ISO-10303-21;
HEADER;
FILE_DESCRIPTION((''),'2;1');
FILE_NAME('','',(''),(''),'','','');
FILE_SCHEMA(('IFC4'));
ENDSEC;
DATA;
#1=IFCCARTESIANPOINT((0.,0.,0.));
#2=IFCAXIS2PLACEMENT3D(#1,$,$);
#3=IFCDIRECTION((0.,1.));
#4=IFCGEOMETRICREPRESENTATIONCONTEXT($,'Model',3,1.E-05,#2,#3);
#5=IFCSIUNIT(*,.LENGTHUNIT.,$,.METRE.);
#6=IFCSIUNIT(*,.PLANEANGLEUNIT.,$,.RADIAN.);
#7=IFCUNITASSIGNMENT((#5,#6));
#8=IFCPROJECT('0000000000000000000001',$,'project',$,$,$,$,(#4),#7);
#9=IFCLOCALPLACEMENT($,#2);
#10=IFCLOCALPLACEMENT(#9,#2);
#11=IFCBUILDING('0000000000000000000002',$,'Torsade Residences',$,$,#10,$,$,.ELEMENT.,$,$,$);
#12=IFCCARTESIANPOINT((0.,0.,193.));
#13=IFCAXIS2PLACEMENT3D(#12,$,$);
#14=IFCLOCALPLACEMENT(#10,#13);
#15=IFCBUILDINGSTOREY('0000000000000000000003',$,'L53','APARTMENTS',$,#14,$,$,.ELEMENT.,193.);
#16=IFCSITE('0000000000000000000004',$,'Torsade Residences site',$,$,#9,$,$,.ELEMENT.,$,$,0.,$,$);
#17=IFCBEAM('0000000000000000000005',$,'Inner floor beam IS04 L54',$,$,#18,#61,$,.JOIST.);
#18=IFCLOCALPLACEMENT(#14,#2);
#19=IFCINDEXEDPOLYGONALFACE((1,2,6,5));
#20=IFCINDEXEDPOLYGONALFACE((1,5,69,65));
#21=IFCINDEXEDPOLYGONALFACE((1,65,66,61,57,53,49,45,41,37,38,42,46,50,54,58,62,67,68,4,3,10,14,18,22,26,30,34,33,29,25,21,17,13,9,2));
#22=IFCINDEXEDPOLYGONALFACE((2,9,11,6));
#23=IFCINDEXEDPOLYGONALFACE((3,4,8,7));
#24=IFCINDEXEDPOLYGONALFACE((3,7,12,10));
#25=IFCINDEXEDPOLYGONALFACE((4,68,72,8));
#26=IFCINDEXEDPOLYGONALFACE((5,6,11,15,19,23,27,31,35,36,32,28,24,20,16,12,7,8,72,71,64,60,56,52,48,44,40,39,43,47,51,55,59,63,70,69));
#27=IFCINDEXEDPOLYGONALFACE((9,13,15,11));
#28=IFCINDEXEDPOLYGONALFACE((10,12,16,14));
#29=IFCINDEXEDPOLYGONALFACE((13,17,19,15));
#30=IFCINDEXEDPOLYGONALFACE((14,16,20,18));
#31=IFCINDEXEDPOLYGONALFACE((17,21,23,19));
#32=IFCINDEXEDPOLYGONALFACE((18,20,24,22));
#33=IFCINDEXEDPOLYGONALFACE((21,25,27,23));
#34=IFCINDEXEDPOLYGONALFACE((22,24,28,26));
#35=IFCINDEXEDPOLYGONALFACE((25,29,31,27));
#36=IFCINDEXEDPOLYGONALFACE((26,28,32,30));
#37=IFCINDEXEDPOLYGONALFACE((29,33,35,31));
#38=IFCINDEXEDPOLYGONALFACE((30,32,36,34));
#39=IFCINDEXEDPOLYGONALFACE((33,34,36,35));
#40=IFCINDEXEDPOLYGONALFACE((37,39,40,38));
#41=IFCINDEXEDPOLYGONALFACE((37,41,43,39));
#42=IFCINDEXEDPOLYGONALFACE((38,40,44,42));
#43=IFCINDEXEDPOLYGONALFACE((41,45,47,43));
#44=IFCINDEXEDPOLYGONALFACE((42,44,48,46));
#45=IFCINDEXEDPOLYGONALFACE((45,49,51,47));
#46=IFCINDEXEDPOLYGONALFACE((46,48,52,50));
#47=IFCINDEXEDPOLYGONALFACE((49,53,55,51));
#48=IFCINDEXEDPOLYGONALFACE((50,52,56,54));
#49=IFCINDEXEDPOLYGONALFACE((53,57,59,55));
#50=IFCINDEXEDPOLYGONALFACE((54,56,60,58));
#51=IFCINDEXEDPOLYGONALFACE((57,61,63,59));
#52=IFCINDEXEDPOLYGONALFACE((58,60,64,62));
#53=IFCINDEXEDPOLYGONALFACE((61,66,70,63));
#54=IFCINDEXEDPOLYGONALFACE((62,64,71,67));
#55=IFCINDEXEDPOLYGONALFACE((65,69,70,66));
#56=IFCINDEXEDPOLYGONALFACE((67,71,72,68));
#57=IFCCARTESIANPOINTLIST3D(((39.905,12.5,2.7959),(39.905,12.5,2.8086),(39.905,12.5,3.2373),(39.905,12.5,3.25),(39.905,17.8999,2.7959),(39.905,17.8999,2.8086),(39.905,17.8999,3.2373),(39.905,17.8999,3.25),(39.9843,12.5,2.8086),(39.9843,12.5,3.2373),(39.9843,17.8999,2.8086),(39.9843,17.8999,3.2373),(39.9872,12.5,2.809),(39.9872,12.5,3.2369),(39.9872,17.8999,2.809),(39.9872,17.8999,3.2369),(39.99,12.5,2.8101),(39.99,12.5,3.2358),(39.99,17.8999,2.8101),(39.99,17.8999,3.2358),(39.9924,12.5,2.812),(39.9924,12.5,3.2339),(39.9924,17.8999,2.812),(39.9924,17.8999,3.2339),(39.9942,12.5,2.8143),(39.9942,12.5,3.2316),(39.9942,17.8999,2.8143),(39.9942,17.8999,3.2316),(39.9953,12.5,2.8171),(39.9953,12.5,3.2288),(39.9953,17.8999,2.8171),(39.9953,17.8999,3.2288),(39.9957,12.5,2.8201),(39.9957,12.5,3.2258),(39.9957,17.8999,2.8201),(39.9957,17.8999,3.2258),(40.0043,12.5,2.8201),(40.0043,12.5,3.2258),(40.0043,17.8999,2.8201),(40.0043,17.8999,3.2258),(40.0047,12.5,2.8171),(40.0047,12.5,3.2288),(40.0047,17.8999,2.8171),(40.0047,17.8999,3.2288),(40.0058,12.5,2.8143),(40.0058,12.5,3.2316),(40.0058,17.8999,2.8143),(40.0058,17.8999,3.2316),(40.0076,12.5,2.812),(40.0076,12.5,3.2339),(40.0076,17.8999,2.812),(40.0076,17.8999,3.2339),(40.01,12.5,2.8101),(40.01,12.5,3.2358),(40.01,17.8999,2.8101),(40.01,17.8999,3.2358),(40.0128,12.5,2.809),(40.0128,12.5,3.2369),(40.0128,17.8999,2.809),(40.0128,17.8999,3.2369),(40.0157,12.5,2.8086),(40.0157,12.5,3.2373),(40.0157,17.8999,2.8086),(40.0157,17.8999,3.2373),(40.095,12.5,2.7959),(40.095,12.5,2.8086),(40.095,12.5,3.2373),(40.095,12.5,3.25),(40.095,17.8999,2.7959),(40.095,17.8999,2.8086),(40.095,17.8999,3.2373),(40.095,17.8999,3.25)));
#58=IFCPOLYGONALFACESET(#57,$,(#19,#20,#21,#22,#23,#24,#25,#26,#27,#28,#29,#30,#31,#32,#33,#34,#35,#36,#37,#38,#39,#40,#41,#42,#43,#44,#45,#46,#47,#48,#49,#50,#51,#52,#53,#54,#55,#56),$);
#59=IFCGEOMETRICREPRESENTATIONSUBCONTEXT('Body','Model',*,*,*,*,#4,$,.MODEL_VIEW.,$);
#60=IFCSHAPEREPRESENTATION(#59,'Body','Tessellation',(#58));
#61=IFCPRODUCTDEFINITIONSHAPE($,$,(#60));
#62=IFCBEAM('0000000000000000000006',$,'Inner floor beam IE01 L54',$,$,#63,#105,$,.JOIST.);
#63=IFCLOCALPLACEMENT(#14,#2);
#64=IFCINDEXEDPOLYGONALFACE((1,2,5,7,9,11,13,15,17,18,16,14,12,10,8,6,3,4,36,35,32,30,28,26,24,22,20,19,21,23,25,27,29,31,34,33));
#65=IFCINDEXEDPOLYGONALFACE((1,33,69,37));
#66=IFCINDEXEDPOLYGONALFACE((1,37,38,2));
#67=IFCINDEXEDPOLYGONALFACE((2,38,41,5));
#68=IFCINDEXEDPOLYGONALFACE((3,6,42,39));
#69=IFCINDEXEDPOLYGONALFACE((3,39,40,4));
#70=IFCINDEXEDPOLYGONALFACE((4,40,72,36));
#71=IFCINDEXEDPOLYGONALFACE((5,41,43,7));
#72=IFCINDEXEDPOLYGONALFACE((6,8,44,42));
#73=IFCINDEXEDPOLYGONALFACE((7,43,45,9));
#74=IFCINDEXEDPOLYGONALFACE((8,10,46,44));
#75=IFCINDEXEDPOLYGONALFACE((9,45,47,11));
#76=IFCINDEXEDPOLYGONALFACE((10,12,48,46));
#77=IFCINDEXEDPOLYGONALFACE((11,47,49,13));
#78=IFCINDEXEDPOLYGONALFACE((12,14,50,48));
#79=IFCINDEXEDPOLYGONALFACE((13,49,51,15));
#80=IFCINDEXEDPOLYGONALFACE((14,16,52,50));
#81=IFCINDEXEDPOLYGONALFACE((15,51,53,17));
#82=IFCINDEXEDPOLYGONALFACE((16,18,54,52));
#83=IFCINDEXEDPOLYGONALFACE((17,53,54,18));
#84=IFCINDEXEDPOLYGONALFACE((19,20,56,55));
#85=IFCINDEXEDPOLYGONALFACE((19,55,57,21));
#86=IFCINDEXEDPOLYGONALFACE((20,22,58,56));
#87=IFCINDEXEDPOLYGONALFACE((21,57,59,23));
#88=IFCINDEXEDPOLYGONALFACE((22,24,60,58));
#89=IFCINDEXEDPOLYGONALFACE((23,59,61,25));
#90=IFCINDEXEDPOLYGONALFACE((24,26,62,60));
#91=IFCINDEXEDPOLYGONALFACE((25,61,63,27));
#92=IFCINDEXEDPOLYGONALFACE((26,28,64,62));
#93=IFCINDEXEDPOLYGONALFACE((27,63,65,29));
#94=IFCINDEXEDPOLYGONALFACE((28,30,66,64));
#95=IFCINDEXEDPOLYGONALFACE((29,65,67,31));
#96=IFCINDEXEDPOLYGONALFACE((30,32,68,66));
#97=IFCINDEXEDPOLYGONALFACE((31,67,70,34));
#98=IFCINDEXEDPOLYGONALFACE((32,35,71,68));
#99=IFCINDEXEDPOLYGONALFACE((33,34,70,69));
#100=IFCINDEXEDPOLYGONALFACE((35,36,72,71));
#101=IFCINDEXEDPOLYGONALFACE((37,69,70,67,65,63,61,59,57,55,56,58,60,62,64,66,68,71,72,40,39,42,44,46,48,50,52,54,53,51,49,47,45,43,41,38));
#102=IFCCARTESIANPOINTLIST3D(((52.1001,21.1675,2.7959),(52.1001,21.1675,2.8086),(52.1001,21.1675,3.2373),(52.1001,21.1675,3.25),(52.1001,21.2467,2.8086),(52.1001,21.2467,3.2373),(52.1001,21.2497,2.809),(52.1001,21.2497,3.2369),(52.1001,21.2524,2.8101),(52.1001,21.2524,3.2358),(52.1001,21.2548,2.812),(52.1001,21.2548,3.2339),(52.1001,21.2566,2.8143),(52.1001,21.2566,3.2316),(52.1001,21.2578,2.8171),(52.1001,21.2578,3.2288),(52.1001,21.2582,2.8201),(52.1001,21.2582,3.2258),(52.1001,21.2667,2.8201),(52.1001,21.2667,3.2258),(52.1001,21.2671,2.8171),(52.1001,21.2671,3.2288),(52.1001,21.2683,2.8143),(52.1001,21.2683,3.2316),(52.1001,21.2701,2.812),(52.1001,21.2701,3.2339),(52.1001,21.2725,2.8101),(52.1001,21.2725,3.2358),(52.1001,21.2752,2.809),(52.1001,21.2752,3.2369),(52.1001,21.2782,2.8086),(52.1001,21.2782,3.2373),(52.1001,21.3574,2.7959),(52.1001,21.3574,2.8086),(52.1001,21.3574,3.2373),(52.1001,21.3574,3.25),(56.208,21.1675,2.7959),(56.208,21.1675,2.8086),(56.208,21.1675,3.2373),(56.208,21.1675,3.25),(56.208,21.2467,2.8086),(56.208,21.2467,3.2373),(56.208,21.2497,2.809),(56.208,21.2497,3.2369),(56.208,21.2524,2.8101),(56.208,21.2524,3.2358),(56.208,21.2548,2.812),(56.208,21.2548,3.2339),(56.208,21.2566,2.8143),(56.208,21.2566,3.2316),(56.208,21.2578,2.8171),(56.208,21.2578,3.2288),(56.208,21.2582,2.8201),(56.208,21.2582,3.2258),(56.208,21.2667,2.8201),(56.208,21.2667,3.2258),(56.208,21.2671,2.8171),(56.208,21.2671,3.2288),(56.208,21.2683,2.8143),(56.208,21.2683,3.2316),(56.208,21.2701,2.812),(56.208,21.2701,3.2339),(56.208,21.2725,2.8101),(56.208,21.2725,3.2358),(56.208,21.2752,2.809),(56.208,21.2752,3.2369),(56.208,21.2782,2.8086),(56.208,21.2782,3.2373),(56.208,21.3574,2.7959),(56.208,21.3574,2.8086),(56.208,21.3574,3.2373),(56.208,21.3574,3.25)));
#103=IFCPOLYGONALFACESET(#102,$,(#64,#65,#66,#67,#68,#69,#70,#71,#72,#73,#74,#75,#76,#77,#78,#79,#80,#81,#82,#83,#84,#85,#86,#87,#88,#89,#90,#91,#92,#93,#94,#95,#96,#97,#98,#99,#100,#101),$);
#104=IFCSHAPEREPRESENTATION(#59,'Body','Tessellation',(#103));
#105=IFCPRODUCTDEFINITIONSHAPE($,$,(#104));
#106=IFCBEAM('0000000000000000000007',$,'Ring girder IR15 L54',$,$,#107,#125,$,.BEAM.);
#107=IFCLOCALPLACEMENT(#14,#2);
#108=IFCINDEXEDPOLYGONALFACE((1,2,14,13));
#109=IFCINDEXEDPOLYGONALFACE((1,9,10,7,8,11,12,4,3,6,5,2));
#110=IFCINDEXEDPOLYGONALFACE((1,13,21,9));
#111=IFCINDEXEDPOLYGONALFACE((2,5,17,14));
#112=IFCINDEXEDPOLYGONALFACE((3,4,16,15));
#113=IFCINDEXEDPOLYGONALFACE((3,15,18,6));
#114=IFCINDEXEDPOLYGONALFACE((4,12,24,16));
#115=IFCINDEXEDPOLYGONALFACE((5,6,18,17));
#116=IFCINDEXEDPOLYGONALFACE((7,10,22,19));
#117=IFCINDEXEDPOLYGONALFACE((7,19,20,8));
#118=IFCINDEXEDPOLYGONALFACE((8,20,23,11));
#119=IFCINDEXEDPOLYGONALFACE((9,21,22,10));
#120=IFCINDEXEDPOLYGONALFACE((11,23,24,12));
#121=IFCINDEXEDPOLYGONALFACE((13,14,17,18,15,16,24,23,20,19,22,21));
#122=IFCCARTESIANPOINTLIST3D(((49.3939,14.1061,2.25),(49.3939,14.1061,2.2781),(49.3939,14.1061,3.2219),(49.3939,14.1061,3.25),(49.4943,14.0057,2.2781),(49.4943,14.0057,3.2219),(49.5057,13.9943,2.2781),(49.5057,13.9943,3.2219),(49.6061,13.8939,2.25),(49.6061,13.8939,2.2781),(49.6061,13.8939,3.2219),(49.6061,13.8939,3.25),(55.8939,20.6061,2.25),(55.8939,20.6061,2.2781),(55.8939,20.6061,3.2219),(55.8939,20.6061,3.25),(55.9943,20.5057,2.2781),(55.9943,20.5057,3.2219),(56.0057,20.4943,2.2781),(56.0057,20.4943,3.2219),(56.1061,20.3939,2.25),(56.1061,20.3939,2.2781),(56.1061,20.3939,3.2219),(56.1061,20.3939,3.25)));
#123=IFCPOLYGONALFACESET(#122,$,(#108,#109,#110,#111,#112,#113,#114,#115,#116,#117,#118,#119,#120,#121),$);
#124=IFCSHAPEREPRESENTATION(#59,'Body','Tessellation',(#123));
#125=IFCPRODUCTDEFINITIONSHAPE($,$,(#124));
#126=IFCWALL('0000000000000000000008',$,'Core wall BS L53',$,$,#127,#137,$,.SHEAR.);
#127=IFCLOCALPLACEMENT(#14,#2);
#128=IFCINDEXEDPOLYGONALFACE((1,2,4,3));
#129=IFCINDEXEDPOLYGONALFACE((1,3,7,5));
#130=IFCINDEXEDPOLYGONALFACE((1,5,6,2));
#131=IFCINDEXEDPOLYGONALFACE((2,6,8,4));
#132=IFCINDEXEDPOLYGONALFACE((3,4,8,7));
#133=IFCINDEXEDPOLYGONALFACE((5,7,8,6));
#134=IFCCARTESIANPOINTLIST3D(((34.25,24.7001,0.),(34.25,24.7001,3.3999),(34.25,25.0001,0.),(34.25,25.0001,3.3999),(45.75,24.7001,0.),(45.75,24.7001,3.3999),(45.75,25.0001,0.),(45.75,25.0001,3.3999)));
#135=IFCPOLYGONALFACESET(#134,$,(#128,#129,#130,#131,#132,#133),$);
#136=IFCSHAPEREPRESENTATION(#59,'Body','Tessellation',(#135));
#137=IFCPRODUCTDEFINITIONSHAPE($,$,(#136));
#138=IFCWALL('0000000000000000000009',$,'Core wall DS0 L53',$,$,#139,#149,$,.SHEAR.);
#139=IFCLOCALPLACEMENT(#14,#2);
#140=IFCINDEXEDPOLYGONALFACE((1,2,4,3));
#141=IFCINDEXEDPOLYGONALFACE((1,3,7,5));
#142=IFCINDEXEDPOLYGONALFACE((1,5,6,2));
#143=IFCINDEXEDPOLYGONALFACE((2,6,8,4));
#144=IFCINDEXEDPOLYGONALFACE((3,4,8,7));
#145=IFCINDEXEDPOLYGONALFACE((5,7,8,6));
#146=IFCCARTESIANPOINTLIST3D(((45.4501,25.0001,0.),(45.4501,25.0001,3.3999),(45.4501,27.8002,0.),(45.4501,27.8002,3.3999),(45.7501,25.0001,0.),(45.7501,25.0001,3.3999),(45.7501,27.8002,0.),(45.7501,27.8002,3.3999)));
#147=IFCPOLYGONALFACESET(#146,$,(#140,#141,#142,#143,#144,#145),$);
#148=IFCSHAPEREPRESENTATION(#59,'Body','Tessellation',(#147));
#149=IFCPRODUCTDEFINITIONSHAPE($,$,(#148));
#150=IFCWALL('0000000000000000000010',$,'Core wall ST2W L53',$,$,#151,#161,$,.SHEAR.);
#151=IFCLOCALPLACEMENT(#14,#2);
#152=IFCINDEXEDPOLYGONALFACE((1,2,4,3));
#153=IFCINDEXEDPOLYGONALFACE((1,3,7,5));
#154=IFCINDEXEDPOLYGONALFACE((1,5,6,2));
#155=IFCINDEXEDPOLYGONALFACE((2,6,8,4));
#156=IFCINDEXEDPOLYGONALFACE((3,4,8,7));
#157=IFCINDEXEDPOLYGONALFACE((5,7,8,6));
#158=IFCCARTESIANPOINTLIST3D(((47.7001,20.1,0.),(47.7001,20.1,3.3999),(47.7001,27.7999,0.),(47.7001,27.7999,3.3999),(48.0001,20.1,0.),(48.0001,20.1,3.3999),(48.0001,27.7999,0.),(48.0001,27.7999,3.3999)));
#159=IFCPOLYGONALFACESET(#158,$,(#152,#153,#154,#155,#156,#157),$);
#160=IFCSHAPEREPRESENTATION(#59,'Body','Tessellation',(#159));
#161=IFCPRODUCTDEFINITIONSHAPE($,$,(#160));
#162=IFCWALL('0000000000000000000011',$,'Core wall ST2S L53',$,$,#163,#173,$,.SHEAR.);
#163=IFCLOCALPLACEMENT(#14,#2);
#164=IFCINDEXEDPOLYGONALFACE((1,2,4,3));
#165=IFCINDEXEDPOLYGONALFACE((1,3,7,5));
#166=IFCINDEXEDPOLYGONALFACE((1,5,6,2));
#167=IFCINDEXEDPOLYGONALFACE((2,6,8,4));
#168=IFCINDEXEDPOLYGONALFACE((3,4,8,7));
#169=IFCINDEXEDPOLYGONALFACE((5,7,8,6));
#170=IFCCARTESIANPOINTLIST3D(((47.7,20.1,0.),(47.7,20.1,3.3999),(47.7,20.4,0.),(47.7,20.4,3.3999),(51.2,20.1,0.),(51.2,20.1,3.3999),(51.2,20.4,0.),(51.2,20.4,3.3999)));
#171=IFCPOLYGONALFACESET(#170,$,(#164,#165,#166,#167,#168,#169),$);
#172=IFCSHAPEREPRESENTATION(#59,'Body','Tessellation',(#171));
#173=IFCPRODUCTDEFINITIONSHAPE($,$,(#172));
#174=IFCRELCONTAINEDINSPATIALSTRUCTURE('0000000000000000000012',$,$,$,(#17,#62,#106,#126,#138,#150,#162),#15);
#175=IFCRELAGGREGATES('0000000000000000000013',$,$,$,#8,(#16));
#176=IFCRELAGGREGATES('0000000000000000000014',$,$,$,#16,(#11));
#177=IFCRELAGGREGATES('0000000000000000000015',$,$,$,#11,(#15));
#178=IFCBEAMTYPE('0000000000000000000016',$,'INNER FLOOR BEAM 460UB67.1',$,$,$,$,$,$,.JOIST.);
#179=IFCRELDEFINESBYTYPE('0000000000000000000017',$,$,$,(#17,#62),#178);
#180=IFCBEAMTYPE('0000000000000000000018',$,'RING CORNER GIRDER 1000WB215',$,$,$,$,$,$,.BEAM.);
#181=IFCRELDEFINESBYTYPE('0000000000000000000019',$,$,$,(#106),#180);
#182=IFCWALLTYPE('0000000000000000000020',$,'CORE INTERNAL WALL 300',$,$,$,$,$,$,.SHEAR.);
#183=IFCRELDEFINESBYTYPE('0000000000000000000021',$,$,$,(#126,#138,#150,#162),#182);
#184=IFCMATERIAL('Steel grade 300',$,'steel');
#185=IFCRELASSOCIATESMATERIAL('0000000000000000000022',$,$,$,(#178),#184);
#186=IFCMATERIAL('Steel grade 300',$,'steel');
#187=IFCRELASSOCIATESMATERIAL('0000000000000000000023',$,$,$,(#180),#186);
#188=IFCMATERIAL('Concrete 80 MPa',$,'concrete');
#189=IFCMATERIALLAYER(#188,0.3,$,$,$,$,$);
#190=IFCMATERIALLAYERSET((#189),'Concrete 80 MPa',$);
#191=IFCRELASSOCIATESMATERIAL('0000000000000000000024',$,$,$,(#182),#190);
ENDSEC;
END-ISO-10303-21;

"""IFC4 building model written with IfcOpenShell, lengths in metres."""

from ifc_helpers import new_model, si_unit, direction, frame, frame_2d, origin, origin_2d, place, context, subcontext, project, spatial, rectangle, i_section, extrude, material, layer, layer_set, material_profile, profile_set, type_object, element, save


model = new_model("IFC4")

# Units and contexts
model_context = context("Model", 3, precision=1e-05, world=origin(), true_north=direction((0.0, 1.0)))
body_context = subcontext(model_context, "Body", "Model", "MODEL_VIEW")
ifc_project = project(units=[si_unit("LENGTHUNIT", "METRE"), si_unit("PLANEANGLEUNIT", "RADIAN")], contexts=[model_context])

# Site, building, storey
site_placement = place(None, origin())
site = spatial("IfcSite", under=ifc_project, at=site_placement, Name="Torsade Residences site", CompositionType="ELEMENT", RefElevation=0.0)
building_placement = place(site_placement, origin())
building = spatial("IfcBuilding", under=site, at=building_placement, Name="Torsade Residences", CompositionType="ELEMENT")
storey_placement = place(building_placement, frame((0.0, 0.0, 193.0)))
storey = spatial("IfcBuildingStorey", under=building, at=storey_placement, Name="L53", Description="APARTMENTS", CompositionType="ELEMENT", Elevation=193.0)

# Beams
ifc_material_1 = material(Name="Steel grade 300", Category="steel")
ifc_material_profile_1 = material_profile(ifc_material_1, i_section(OverallWidth=0.1899, OverallDepth=0.4541, WebThickness=0.0085, FlangeThickness=0.0127, FilletRadius=0.0115, at=origin_2d()), Name="460UB67.1")
ifc_profile_set_1 = profile_set([ifc_material_profile_1], Name="Steel grade 300")
beam_type_1 = type_object("IfcBeamType", Name="INNER FLOOR BEAM 460UB67.1", PredefinedType="JOIST", material=ifc_profile_set_1)
for number, where, z_axis, x_axis, name in (
    (1, (40.0, 17.8999, 3.0229), (0.0, -1.0, 0.0), (1.0, 0.0, 0.0), "Inner floor beam IS04 L54"),
):
    element("IfcBeam", number, at=place(storey_placement, frame(where, z_axis=z_axis, x_axis=x_axis)), inside=storey, type_object=beam_type_1, Name=name, PredefinedType="JOIST", context=body_context, shape_type="SweptSolid", body=[
        extrude(i_section(OverallWidth=0.1899, OverallDepth=0.4541, WebThickness=0.0085, FlangeThickness=0.0127, FilletRadius=0.0115, at=origin_2d()), origin(), (0.0, 0.0, 1.0), 5.3999),
    ])
beam_1_placement = place(storey_placement, frame((52.1001, 21.2625, 3.0229), z_axis=(1.0, 0.0, 0.0), x_axis=(0.0, 1.0, 0.0)))
element("IfcBeam", 2, at=beam_1_placement, inside=storey, type_object=beam_type_1, Name="Inner floor beam IE01 L54", PredefinedType="JOIST", context=body_context, shape_type="SweptSolid", body=[
    extrude(i_section(OverallWidth=0.1899, OverallDepth=0.4541, WebThickness=0.0085, FlangeThickness=0.0127, FilletRadius=0.0115, at=origin_2d()), origin(), (0.0, 0.0, 1.0), 4.1079),
])
ifc_material_2 = material(Name="Steel grade 300", Category="steel")
ifc_material_profile_2 = material_profile(ifc_material_2, i_section(OverallWidth=0.3, OverallDepth=1.0, WebThickness=0.0161, FlangeThickness=0.0281, at=origin_2d()), Name="1000WB215")
ifc_profile_set_2 = profile_set([ifc_material_profile_2], Name="Steel grade 300")
beam_type_2 = type_object("IfcBeamType", Name="RING CORNER GIRDER 1000WB215", PredefinedType="BEAM", material=ifc_profile_set_2)
beam_2_placement = place(storey_placement, frame((49.5, 14.0, 2.75), z_axis=(0.707107, 0.707107, 0.0), x_axis=(-0.707107, 0.707107, 0.0)))
element("IfcBeam", 3, at=beam_2_placement, inside=storey, type_object=beam_type_2, Name="Ring girder IR15 L54", PredefinedType="BEAM", context=body_context, shape_type="SweptSolid", body=[
    extrude(i_section(OverallWidth=0.3, OverallDepth=1.0, WebThickness=0.0161, FlangeThickness=0.0281, at=origin_2d()), origin(), (0.0, 0.0, 1.0), 9.1924),
])

# Walls
ifc_material_3 = material(Name="Concrete 80 MPa", Category="concrete")
ifc_layer_1 = layer(ifc_material_3, 0.3)
ifc_layer_set_1 = layer_set([ifc_layer_1], Name="Concrete 80 MPa")
wall_type_1 = type_object("IfcWallType", Name="CORE INTERNAL WALL 300", PredefinedType="SHEAR", material=ifc_layer_set_1)
wall_1_placement = place(storey_placement, frame((45.75, 24.8501, 0.0), z_axis=(0.0, 0.0, 1.0), x_axis=(-1.0, 0.0, 0.0)))
element("IfcWall", 4, at=wall_1_placement, inside=storey, type_object=wall_type_1, Name="Core wall BS L53", PredefinedType="SHEAR", context=body_context, shape_type="SweptSolid", body=[
    extrude(rectangle(XDim=11.5, YDim=0.3, at=frame_2d((5.75, 0.0))), origin(), (0.0, 0.0, 1.0), 3.3999),
])
wall_2_placement = place(storey_placement, frame((45.6001, 27.8, 0.0), z_axis=(0.0, 0.0, 1.0), x_axis=(0.0, -1.0, 0.0)))
element("IfcWall", 5, at=wall_2_placement, inside=storey, type_object=wall_type_1, Name="Core wall DS0 L53", PredefinedType="SHEAR", context=body_context, shape_type="SweptSolid", body=[
    extrude(rectangle(XDim=2.8, YDim=0.3, at=frame_2d((1.3999, 0.0))), origin(), (0.0, 0.0, 1.0), 3.3999),
])
wall_3_placement = place(storey_placement, frame((47.8501, 27.8, 0.0), z_axis=(0.0, 0.0, 1.0), x_axis=(0.0, -1.0, 0.0)))
element("IfcWall", 6, at=wall_3_placement, inside=storey, type_object=wall_type_1, Name="Core wall ST2W L53", PredefinedType="SHEAR", context=body_context, shape_type="SweptSolid", body=[
    extrude(rectangle(XDim=7.7, YDim=0.3, at=frame_2d((3.8501, 0.0))), origin(), (0.0, 0.0, 1.0), 3.3999),
])
wall_4_placement = place(storey_placement, frame((51.2, 20.25, 0.0), z_axis=(0.0, 0.0, 1.0), x_axis=(-1.0, 0.0, 0.0)))
element("IfcWall", 7, at=wall_4_placement, inside=storey, type_object=wall_type_1, Name="Core wall ST2S L53", PredefinedType="SHEAR", context=body_context, shape_type="SweptSolid", body=[
    extrude(rectangle(XDim=3.5, YDim=0.3, at=frame_2d((1.75, 0.0))), origin(), (0.0, 0.0, 1.0), 3.3999),
])

save(model, "model.ifc")
